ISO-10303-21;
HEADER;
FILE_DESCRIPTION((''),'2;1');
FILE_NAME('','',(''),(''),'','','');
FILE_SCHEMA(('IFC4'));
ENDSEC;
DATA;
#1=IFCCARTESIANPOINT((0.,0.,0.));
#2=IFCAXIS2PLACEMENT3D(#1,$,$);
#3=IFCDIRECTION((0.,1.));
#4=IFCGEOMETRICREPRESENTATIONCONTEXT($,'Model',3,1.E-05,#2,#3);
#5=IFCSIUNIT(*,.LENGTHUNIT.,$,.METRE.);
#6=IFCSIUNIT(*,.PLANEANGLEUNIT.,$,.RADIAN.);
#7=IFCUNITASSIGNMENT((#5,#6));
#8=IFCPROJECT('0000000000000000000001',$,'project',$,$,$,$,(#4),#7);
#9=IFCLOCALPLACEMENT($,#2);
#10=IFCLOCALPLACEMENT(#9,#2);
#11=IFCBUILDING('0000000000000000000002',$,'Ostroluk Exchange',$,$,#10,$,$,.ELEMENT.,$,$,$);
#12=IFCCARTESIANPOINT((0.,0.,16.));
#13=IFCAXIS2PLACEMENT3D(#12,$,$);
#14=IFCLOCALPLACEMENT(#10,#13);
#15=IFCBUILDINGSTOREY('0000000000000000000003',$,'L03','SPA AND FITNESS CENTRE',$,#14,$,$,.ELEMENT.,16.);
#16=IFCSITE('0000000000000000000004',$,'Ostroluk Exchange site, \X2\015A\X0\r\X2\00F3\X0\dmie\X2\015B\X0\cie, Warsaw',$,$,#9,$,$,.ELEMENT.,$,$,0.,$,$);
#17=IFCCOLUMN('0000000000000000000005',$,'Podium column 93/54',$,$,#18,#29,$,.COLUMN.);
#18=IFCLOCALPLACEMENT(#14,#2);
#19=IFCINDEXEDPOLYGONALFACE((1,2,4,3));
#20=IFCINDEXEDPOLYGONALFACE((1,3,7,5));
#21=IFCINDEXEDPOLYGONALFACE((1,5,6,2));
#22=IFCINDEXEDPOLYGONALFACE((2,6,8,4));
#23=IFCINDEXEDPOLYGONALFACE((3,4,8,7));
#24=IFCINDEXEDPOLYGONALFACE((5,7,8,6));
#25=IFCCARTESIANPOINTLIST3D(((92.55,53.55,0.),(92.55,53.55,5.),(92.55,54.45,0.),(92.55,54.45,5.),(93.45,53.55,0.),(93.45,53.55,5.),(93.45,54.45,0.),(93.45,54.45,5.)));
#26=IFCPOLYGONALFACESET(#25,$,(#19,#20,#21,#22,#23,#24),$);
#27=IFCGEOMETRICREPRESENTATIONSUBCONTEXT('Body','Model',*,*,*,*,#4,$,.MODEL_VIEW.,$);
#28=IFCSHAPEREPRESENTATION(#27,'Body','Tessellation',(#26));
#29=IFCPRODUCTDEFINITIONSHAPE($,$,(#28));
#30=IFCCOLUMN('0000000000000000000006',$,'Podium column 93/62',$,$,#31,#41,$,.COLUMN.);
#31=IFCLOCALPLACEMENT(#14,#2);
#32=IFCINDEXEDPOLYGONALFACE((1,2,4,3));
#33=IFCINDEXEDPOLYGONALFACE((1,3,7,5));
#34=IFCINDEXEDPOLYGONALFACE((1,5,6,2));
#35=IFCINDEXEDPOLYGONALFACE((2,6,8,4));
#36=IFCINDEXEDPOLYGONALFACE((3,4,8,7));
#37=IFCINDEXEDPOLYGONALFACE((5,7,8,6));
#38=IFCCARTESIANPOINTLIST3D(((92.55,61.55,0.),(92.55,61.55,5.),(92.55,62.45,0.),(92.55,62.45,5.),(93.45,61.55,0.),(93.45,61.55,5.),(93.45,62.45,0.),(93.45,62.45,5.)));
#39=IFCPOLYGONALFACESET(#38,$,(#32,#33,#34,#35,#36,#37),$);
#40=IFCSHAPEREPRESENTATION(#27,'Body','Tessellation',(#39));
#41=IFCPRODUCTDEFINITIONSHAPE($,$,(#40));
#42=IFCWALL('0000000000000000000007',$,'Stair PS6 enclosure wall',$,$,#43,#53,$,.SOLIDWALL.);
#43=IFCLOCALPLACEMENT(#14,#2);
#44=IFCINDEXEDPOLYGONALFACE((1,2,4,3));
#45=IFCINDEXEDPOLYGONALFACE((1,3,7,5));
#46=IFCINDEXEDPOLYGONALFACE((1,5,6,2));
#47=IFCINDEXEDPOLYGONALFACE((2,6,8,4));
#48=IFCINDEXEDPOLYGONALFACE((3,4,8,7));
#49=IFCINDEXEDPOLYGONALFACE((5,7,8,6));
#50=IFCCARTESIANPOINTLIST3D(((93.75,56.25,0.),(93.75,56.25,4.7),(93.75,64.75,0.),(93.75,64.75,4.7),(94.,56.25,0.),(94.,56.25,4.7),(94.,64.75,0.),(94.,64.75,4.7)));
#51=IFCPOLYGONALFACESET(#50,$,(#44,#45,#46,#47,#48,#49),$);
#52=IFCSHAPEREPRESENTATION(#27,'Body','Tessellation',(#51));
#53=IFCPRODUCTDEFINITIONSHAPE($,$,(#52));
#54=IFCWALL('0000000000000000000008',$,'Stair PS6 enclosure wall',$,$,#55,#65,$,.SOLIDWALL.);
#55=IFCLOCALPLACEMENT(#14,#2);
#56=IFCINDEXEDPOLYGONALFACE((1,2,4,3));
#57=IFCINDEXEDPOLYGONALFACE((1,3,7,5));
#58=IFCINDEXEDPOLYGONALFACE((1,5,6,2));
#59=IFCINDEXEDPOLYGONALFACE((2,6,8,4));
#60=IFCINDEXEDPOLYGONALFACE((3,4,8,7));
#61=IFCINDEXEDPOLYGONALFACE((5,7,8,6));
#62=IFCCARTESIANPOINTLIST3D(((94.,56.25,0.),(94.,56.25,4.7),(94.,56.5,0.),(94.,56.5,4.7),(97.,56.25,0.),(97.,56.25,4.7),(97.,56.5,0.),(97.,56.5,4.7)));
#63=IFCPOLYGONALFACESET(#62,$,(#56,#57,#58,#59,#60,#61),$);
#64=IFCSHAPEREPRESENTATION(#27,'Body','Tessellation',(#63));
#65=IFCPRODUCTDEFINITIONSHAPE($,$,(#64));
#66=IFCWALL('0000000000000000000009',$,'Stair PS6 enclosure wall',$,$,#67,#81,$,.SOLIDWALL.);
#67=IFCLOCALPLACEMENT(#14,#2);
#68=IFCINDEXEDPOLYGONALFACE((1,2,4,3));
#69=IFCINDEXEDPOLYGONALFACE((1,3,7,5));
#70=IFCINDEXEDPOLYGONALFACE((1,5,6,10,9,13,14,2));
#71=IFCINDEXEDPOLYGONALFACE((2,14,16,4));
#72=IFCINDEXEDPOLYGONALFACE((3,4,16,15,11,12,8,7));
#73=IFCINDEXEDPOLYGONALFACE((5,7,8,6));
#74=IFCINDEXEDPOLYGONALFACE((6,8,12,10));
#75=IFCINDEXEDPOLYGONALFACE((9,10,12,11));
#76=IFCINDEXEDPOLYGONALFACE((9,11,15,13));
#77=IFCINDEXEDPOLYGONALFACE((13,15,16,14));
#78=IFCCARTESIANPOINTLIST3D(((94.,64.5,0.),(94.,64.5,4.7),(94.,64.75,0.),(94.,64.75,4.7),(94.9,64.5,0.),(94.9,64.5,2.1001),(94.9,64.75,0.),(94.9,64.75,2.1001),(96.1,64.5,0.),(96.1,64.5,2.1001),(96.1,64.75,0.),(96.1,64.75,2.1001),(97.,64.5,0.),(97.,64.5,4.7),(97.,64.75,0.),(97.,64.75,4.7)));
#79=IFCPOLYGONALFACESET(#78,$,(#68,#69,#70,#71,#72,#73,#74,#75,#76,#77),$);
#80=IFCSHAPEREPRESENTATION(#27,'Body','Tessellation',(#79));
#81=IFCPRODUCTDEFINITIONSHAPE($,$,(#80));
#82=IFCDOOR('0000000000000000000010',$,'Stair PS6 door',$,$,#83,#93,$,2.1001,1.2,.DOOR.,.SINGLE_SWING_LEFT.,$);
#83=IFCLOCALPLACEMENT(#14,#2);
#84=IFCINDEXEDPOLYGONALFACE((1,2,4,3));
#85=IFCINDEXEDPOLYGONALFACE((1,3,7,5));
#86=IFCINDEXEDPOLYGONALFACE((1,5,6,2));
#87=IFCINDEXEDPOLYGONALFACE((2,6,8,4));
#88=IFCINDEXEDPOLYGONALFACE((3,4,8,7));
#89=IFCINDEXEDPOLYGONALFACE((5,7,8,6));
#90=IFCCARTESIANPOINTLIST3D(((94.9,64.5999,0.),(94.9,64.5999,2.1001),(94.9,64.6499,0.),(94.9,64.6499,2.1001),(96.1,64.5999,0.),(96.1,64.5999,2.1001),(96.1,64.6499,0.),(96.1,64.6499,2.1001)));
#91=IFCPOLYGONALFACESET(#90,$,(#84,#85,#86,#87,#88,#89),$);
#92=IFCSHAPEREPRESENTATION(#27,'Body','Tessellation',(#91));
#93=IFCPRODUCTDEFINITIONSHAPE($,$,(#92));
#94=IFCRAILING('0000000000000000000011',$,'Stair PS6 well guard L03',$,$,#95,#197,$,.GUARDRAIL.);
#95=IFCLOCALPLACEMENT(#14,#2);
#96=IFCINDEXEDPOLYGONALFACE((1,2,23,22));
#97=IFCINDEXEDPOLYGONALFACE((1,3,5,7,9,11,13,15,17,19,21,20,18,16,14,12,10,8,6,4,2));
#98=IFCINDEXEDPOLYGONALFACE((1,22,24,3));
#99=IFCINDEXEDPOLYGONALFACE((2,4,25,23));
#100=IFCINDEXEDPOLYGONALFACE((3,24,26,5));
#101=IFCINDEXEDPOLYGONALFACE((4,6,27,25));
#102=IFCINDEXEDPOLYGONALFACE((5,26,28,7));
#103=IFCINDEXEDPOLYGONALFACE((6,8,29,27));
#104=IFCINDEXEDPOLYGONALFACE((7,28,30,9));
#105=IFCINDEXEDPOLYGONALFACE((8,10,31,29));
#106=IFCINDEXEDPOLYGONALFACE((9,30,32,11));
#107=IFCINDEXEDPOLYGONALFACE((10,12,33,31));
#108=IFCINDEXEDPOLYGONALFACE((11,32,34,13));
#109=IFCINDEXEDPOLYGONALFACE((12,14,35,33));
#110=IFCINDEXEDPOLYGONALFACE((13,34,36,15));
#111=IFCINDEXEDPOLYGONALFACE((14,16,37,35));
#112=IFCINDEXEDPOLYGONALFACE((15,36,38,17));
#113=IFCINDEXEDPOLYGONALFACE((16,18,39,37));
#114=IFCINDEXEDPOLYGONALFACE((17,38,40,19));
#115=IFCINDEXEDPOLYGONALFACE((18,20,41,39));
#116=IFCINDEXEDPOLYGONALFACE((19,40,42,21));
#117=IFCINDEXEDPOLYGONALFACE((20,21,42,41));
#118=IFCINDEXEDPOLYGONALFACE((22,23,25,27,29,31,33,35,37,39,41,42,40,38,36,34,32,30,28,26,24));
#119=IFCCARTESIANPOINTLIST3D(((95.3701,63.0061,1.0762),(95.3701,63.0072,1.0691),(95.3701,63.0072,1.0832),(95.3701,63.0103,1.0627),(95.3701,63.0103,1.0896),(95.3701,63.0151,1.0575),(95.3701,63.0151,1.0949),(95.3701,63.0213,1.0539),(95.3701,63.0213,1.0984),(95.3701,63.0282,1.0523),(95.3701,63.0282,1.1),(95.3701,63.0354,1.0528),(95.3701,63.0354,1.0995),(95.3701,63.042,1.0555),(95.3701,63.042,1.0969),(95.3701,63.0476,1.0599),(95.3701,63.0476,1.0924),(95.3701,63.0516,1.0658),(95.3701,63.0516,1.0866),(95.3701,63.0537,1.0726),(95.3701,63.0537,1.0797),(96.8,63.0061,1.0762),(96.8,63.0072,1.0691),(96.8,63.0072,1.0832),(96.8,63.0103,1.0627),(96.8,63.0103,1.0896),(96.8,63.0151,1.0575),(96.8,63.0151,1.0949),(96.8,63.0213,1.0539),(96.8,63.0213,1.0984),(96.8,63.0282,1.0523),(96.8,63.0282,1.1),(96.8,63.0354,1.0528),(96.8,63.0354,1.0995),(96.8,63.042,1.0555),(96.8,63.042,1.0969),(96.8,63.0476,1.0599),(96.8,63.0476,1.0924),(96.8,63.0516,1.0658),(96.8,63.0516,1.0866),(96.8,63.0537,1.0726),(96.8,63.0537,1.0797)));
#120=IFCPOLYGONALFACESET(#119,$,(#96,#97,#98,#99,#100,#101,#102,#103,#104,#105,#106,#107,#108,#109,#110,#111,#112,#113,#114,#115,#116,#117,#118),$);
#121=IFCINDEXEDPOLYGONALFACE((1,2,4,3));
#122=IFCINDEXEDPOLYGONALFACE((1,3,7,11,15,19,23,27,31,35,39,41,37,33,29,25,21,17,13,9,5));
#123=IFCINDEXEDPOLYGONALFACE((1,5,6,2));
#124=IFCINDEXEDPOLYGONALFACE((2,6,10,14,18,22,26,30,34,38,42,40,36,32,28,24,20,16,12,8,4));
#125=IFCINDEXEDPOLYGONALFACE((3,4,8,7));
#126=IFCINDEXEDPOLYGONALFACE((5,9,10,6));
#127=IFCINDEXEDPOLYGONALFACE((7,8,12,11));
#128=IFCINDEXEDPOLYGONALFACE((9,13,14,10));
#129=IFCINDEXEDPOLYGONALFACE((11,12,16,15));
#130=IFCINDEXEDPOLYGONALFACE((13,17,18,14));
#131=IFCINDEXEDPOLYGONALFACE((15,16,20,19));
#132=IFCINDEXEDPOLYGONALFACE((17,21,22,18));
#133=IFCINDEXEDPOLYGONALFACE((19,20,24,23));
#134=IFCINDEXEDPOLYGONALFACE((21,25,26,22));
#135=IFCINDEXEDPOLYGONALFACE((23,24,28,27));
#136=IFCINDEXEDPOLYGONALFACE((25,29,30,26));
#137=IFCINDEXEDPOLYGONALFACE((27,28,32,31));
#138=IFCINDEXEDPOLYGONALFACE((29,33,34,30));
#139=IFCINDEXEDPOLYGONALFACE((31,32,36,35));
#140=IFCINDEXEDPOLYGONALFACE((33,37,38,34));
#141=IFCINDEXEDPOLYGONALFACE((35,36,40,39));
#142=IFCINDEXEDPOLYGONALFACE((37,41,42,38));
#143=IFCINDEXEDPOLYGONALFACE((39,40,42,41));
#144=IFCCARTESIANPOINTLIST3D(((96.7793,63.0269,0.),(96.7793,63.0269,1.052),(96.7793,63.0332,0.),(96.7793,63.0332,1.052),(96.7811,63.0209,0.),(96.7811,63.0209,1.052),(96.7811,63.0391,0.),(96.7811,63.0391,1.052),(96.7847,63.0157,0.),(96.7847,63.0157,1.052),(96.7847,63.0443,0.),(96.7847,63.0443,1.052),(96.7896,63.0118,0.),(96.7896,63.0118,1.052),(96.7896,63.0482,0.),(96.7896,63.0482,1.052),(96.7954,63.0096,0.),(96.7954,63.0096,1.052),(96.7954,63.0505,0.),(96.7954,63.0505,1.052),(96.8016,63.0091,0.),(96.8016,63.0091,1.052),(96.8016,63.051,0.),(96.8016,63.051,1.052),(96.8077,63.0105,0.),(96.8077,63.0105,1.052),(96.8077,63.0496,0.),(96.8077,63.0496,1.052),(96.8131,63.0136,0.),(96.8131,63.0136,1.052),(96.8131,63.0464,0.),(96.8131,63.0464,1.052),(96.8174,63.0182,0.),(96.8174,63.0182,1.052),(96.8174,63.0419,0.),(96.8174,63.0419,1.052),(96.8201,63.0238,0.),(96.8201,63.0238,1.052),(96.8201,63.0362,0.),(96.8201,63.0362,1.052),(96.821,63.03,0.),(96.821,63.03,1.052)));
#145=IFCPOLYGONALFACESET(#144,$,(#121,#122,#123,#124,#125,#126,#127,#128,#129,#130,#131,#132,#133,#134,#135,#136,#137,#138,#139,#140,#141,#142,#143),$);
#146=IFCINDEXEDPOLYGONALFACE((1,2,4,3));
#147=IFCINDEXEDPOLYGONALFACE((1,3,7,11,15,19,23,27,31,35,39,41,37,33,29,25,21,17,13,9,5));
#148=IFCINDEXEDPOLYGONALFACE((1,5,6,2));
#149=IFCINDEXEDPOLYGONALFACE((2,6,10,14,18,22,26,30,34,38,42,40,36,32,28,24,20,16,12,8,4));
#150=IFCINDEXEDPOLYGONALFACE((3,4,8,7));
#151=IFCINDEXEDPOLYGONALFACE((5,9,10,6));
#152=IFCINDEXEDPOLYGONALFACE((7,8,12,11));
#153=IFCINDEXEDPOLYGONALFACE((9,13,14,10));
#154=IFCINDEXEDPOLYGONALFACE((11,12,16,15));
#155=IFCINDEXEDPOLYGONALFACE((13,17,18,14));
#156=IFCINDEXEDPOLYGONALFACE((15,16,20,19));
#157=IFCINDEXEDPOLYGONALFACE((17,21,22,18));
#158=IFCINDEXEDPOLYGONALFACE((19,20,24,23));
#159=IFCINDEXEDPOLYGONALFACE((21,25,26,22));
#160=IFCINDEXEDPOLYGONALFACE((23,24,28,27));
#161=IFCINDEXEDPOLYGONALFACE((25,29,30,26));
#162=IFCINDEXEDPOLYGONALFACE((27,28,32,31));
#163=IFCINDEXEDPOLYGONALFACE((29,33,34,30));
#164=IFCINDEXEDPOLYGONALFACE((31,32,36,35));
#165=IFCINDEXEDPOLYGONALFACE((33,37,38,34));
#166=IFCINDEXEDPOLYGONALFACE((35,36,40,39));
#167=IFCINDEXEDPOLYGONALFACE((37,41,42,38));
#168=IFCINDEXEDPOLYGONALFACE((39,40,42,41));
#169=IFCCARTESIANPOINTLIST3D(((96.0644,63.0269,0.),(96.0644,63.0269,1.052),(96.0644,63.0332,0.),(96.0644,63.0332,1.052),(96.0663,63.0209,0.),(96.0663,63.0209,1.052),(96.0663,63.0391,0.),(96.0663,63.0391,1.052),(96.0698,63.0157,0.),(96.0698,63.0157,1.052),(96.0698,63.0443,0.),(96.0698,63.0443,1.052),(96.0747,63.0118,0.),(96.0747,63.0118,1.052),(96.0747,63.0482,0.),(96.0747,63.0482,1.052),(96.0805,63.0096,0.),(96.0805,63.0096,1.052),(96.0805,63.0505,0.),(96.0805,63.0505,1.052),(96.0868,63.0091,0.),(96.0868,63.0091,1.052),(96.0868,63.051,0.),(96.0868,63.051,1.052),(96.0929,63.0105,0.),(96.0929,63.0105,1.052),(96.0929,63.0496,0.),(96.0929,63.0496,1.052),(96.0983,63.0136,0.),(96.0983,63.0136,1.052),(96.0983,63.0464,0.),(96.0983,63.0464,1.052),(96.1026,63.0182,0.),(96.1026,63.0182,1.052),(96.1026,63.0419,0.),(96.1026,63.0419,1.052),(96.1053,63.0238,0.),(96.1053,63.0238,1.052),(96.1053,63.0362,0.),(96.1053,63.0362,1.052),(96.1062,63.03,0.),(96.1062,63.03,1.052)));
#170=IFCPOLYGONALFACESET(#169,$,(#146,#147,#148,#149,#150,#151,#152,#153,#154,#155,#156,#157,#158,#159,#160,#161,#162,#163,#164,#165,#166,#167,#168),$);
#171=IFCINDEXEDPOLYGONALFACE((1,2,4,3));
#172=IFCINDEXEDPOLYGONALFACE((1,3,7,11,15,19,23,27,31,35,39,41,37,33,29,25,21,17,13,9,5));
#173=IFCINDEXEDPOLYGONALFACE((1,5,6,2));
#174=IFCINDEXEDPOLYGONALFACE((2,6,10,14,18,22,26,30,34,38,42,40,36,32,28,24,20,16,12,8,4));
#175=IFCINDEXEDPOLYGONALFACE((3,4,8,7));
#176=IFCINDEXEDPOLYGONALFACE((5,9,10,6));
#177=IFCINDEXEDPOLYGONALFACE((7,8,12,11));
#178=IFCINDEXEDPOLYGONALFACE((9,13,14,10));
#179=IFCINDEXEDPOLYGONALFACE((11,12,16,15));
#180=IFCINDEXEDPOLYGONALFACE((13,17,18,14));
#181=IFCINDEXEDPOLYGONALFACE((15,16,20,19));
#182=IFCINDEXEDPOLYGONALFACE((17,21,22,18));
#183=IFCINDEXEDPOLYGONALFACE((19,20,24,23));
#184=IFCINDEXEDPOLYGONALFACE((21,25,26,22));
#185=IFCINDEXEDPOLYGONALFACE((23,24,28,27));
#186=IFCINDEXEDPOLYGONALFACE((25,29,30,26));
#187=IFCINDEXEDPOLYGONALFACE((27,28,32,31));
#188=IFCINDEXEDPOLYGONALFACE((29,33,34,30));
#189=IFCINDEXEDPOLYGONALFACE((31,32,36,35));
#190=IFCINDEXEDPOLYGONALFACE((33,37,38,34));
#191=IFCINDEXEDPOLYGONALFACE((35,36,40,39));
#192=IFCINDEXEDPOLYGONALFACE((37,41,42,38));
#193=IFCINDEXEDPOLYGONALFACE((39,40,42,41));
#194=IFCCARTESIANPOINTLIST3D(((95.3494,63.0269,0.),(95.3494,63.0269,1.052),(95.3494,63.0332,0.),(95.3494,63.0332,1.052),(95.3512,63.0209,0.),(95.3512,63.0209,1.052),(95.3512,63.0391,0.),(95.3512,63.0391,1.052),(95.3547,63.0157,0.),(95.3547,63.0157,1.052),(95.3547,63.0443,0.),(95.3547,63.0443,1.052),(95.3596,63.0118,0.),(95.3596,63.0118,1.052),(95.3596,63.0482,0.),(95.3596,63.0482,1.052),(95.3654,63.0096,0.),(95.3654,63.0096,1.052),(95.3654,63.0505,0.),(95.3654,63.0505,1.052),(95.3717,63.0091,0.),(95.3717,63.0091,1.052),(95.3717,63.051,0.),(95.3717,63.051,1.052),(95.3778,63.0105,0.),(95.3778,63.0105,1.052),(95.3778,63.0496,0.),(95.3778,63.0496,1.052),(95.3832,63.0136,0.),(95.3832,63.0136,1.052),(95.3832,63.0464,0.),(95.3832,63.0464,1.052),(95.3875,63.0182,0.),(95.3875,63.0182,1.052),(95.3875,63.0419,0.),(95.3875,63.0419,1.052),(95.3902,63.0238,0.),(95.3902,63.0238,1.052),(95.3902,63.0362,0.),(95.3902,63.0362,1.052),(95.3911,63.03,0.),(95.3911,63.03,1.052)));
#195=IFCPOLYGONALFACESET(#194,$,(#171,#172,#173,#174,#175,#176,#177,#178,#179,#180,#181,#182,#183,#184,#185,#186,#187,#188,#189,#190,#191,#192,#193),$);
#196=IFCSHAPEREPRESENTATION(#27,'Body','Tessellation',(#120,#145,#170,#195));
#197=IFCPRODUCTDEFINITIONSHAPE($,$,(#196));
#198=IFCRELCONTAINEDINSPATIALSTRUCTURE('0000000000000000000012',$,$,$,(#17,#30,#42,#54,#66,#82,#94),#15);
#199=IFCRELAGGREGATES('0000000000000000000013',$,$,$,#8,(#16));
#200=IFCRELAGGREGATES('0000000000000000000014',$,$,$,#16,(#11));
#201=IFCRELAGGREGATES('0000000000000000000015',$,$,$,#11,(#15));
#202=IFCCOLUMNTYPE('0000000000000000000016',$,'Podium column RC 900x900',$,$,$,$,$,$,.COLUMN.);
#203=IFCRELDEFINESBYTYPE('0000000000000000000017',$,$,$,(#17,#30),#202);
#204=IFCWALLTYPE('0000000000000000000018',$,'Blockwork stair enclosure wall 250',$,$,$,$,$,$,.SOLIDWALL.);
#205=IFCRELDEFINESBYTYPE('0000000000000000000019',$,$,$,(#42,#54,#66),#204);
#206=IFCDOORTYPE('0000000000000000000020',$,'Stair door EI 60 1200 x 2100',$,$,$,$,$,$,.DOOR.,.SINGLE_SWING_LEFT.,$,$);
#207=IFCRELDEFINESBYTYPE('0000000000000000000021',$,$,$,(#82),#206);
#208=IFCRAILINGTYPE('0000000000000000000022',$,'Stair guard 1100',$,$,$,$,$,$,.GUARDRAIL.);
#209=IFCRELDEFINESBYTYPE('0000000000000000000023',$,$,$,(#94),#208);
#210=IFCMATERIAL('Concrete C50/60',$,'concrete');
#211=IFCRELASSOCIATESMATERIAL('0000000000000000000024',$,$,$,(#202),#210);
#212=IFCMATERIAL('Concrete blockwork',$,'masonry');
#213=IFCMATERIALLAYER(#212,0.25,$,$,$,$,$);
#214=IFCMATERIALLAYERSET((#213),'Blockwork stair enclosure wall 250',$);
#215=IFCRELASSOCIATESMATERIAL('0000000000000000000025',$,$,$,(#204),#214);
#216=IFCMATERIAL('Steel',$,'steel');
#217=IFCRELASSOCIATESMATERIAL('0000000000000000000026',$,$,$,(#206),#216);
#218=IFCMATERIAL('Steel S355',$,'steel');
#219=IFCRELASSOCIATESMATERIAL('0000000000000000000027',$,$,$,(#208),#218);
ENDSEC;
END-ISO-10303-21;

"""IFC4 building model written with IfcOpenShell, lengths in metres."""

from ifc_helpers import new_model, si_unit, direction, frame, frame_2d, origin, origin_2d, place, context, subcontext, project, spatial, rectangle, circle, extrude, material, layer, layer_set, material_profile, profile_set, type_object, element, fill, save


model = new_model("IFC4")

# Units and contexts
model_context = context("Model", 3, precision=1e-05, world=origin(), true_north=direction((0.0, 1.0)))
body_context = subcontext(model_context, "Body", "Model", "MODEL_VIEW")
ifc_project = project(units=[si_unit("LENGTHUNIT", "METRE"), si_unit("PLANEANGLEUNIT", "RADIAN")], contexts=[model_context])

# Site, building, storey
site_placement = place(None, origin())
site = spatial("IfcSite", under=ifc_project, at=site_placement, Name="Ostroluk Exchange site, Śródmieście, Warsaw", CompositionType="ELEMENT", RefElevation=0.0)
building_placement = place(site_placement, origin())
building = spatial("IfcBuilding", under=site, at=building_placement, Name="Ostroluk Exchange", CompositionType="ELEMENT")
storey_placement = place(building_placement, frame((0.0, 0.0, 16.0)))
storey = spatial("IfcBuildingStorey", under=building, at=storey_placement, Name="L03", Description="SPA AND FITNESS CENTRE", CompositionType="ELEMENT", Elevation=16.0)

# Columns
ifc_material_1 = material(Name="Concrete C50/60", Category="concrete")
ifc_material_profile = material_profile(ifc_material_1, rectangle(XDim=0.8999, YDim=0.8999, at=origin_2d()), Name="RC 900x900")
ifc_profile_set = profile_set([ifc_material_profile], Name="Concrete C50/60")
column_type = type_object("IfcColumnType", Name="Podium column RC 900x900", PredefinedType="COLUMN", material=ifc_profile_set)
for number, where, z_axis, x_axis, name in (
    (1, (93.0, 54.0, 0.0), (0.0, 0.0, 1.0), (1.0, 0.0, 0.0), "Podium column 93/54"),
    (2, (93.0, 62.0, 0.0), (0.0, 0.0, 1.0), (1.0, 0.0, 0.0), "Podium column 93/62"),
):
    element("IfcColumn", number, at=place(storey_placement, frame(where, z_axis=z_axis, x_axis=x_axis)), inside=storey, type_object=column_type, Name=name, PredefinedType="COLUMN", context=body_context, shape_type="SweptSolid", body=[
        extrude(rectangle(XDim=0.8999, YDim=0.8999, at=origin_2d()), origin(), (0.0, 0.0, 1.0), 5.0),
    ])

# Walls
ifc_material_2 = material(Name="Concrete blockwork", Category="masonry")
ifc_layer = layer(ifc_material_2, 0.25)
ifc_layer_set = layer_set([ifc_layer], Name="Blockwork stair enclosure wall 250")
wall_type = type_object("IfcWallType", Name="Blockwork stair enclosure wall 250", PredefinedType="SOLIDWALL", material=ifc_layer_set)
wall_1_placement = place(storey_placement, frame((93.875, 56.25, 0.0), z_axis=(0.0, 0.0, 1.0), x_axis=(0.0, 1.0, 0.0)))
element("IfcWall", 3, at=wall_1_placement, inside=storey, type_object=wall_type, Name="Stair PS6 enclosure wall", PredefinedType="SOLIDWALL", context=body_context, shape_type="SweptSolid", body=[
    extrude(rectangle(XDim=8.5, YDim=0.25, at=frame_2d((4.25, 0.0))), origin(), (0.0, 0.0, 1.0), 4.7),
])
wall_2_placement = place(storey_placement, frame((94.0, 56.375, 0.0), z_axis=(0.0, 0.0, 1.0), x_axis=(1.0, 0.0, 0.0)))
element("IfcWall", 4, at=wall_2_placement, inside=storey, type_object=wall_type, Name="Stair PS6 enclosure wall", PredefinedType="SOLIDWALL", context=body_context, shape_type="SweptSolid", body=[
    extrude(rectangle(XDim=3.0, YDim=0.25, at=frame_2d((1.5, 0.0))), origin(), (0.0, 0.0, 1.0), 4.7),
])

# Wall, opening, door
wall_3_placement = place(storey_placement, frame((94.0, 64.625, 0.0), z_axis=(0.0, 0.0, 1.0), x_axis=(1.0, 0.0, 0.0)))
wall_3 = element("IfcWall", 5, at=wall_3_placement, inside=storey, type_object=wall_type, Name="Stair PS6 enclosure wall", PredefinedType="SOLIDWALL", context=body_context, shape_type="SweptSolid", body=[
    extrude(rectangle(XDim=3.0, YDim=0.25, at=frame_2d((1.5, 0.0))), origin(), (0.0, 0.0, 1.0), 4.7),
])
opening_placement = place(wall_3_placement, frame((0.8999, 0.0, 0.0)))
opening = element("IfcOpeningElement", 6, at=opening_placement, cuts=wall_3, PredefinedType="OPENING", context=body_context, shape_type="SweptSolid", body=[
    extrude(rectangle(XDim=1.2, YDim=2.1001, at=frame_2d((0.6001, 1.05))), frame((0.0, 0.135, 0.0), z_axis=(0.0, -1.0, 0.0), x_axis=(1.0, 0.0, 0.0)), (0.0, 0.0, 1.0), 0.27),
])
ifc_material_3 = material(Name="Steel", Category="steel")
door_type = type_object("IfcDoorType", Name="Stair door EI 60 1200 x 2100", OperationType="SINGLE_SWING_LEFT", PredefinedType="DOOR", material=ifc_material_3)
door_placement = place(opening_placement, origin())
door = element("IfcDoor", 7, at=door_placement, inside=storey, type_object=door_type, Name="Stair PS6 door", OperationType="SINGLE_SWING_LEFT", OverallHeight=2.1001, OverallWidth=1.2, PredefinedType="DOOR", context=body_context, shape_type="SweptSolid", body=[
    extrude(rectangle(XDim=1.2, YDim=2.1001, at=frame_2d((0.6001, 1.05))), frame((0.0, 0.0249, 0.0), z_axis=(0.0, -1.0, 0.0), x_axis=(1.0, 0.0, 0.0)), (0.0, 0.0, 1.0), 0.05),
])
fill(opening, door)

# Railing
ifc_material_4 = material(Name="Steel S355", Category="steel")
railing_type = type_object("IfcRailingType", Name="Stair guard 1100", PredefinedType="GUARDRAIL", material=ifc_material_4)
railing_placement = place(storey_placement, frame((96.8, 63.03, 0.0)))
element("IfcRailing", 8, at=railing_placement, inside=storey, type_object=railing_type, Name="Stair PS6 well guard L03", PredefinedType="GUARDRAIL", context=body_context, shape_type="SweptSolid", body=[
    extrude(circle(Radius=0.0239, at=origin_2d()), frame((0.0, 0.0, 1.0762), z_axis=(-1.0, 0.0, 0.0), x_axis=(0.0, -1.0, 0.0)), (0.0, 0.0, 1.0), 1.4299),
    extrude(circle(Radius=0.021, at=origin_2d()), origin(), (0.0, 0.0, 1.0), 1.052),
    extrude(circle(Radius=0.021, at=origin_2d()), frame((-0.7148, 0.0, 0.0)), (0.0, 0.0, 1.0), 1.052),
    extrude(circle(Radius=0.021, at=origin_2d()), frame((-1.4299, 0.0, 0.0)), (0.0, 0.0, 1.0), 1.052),
])

save(model, "model.ifc")
